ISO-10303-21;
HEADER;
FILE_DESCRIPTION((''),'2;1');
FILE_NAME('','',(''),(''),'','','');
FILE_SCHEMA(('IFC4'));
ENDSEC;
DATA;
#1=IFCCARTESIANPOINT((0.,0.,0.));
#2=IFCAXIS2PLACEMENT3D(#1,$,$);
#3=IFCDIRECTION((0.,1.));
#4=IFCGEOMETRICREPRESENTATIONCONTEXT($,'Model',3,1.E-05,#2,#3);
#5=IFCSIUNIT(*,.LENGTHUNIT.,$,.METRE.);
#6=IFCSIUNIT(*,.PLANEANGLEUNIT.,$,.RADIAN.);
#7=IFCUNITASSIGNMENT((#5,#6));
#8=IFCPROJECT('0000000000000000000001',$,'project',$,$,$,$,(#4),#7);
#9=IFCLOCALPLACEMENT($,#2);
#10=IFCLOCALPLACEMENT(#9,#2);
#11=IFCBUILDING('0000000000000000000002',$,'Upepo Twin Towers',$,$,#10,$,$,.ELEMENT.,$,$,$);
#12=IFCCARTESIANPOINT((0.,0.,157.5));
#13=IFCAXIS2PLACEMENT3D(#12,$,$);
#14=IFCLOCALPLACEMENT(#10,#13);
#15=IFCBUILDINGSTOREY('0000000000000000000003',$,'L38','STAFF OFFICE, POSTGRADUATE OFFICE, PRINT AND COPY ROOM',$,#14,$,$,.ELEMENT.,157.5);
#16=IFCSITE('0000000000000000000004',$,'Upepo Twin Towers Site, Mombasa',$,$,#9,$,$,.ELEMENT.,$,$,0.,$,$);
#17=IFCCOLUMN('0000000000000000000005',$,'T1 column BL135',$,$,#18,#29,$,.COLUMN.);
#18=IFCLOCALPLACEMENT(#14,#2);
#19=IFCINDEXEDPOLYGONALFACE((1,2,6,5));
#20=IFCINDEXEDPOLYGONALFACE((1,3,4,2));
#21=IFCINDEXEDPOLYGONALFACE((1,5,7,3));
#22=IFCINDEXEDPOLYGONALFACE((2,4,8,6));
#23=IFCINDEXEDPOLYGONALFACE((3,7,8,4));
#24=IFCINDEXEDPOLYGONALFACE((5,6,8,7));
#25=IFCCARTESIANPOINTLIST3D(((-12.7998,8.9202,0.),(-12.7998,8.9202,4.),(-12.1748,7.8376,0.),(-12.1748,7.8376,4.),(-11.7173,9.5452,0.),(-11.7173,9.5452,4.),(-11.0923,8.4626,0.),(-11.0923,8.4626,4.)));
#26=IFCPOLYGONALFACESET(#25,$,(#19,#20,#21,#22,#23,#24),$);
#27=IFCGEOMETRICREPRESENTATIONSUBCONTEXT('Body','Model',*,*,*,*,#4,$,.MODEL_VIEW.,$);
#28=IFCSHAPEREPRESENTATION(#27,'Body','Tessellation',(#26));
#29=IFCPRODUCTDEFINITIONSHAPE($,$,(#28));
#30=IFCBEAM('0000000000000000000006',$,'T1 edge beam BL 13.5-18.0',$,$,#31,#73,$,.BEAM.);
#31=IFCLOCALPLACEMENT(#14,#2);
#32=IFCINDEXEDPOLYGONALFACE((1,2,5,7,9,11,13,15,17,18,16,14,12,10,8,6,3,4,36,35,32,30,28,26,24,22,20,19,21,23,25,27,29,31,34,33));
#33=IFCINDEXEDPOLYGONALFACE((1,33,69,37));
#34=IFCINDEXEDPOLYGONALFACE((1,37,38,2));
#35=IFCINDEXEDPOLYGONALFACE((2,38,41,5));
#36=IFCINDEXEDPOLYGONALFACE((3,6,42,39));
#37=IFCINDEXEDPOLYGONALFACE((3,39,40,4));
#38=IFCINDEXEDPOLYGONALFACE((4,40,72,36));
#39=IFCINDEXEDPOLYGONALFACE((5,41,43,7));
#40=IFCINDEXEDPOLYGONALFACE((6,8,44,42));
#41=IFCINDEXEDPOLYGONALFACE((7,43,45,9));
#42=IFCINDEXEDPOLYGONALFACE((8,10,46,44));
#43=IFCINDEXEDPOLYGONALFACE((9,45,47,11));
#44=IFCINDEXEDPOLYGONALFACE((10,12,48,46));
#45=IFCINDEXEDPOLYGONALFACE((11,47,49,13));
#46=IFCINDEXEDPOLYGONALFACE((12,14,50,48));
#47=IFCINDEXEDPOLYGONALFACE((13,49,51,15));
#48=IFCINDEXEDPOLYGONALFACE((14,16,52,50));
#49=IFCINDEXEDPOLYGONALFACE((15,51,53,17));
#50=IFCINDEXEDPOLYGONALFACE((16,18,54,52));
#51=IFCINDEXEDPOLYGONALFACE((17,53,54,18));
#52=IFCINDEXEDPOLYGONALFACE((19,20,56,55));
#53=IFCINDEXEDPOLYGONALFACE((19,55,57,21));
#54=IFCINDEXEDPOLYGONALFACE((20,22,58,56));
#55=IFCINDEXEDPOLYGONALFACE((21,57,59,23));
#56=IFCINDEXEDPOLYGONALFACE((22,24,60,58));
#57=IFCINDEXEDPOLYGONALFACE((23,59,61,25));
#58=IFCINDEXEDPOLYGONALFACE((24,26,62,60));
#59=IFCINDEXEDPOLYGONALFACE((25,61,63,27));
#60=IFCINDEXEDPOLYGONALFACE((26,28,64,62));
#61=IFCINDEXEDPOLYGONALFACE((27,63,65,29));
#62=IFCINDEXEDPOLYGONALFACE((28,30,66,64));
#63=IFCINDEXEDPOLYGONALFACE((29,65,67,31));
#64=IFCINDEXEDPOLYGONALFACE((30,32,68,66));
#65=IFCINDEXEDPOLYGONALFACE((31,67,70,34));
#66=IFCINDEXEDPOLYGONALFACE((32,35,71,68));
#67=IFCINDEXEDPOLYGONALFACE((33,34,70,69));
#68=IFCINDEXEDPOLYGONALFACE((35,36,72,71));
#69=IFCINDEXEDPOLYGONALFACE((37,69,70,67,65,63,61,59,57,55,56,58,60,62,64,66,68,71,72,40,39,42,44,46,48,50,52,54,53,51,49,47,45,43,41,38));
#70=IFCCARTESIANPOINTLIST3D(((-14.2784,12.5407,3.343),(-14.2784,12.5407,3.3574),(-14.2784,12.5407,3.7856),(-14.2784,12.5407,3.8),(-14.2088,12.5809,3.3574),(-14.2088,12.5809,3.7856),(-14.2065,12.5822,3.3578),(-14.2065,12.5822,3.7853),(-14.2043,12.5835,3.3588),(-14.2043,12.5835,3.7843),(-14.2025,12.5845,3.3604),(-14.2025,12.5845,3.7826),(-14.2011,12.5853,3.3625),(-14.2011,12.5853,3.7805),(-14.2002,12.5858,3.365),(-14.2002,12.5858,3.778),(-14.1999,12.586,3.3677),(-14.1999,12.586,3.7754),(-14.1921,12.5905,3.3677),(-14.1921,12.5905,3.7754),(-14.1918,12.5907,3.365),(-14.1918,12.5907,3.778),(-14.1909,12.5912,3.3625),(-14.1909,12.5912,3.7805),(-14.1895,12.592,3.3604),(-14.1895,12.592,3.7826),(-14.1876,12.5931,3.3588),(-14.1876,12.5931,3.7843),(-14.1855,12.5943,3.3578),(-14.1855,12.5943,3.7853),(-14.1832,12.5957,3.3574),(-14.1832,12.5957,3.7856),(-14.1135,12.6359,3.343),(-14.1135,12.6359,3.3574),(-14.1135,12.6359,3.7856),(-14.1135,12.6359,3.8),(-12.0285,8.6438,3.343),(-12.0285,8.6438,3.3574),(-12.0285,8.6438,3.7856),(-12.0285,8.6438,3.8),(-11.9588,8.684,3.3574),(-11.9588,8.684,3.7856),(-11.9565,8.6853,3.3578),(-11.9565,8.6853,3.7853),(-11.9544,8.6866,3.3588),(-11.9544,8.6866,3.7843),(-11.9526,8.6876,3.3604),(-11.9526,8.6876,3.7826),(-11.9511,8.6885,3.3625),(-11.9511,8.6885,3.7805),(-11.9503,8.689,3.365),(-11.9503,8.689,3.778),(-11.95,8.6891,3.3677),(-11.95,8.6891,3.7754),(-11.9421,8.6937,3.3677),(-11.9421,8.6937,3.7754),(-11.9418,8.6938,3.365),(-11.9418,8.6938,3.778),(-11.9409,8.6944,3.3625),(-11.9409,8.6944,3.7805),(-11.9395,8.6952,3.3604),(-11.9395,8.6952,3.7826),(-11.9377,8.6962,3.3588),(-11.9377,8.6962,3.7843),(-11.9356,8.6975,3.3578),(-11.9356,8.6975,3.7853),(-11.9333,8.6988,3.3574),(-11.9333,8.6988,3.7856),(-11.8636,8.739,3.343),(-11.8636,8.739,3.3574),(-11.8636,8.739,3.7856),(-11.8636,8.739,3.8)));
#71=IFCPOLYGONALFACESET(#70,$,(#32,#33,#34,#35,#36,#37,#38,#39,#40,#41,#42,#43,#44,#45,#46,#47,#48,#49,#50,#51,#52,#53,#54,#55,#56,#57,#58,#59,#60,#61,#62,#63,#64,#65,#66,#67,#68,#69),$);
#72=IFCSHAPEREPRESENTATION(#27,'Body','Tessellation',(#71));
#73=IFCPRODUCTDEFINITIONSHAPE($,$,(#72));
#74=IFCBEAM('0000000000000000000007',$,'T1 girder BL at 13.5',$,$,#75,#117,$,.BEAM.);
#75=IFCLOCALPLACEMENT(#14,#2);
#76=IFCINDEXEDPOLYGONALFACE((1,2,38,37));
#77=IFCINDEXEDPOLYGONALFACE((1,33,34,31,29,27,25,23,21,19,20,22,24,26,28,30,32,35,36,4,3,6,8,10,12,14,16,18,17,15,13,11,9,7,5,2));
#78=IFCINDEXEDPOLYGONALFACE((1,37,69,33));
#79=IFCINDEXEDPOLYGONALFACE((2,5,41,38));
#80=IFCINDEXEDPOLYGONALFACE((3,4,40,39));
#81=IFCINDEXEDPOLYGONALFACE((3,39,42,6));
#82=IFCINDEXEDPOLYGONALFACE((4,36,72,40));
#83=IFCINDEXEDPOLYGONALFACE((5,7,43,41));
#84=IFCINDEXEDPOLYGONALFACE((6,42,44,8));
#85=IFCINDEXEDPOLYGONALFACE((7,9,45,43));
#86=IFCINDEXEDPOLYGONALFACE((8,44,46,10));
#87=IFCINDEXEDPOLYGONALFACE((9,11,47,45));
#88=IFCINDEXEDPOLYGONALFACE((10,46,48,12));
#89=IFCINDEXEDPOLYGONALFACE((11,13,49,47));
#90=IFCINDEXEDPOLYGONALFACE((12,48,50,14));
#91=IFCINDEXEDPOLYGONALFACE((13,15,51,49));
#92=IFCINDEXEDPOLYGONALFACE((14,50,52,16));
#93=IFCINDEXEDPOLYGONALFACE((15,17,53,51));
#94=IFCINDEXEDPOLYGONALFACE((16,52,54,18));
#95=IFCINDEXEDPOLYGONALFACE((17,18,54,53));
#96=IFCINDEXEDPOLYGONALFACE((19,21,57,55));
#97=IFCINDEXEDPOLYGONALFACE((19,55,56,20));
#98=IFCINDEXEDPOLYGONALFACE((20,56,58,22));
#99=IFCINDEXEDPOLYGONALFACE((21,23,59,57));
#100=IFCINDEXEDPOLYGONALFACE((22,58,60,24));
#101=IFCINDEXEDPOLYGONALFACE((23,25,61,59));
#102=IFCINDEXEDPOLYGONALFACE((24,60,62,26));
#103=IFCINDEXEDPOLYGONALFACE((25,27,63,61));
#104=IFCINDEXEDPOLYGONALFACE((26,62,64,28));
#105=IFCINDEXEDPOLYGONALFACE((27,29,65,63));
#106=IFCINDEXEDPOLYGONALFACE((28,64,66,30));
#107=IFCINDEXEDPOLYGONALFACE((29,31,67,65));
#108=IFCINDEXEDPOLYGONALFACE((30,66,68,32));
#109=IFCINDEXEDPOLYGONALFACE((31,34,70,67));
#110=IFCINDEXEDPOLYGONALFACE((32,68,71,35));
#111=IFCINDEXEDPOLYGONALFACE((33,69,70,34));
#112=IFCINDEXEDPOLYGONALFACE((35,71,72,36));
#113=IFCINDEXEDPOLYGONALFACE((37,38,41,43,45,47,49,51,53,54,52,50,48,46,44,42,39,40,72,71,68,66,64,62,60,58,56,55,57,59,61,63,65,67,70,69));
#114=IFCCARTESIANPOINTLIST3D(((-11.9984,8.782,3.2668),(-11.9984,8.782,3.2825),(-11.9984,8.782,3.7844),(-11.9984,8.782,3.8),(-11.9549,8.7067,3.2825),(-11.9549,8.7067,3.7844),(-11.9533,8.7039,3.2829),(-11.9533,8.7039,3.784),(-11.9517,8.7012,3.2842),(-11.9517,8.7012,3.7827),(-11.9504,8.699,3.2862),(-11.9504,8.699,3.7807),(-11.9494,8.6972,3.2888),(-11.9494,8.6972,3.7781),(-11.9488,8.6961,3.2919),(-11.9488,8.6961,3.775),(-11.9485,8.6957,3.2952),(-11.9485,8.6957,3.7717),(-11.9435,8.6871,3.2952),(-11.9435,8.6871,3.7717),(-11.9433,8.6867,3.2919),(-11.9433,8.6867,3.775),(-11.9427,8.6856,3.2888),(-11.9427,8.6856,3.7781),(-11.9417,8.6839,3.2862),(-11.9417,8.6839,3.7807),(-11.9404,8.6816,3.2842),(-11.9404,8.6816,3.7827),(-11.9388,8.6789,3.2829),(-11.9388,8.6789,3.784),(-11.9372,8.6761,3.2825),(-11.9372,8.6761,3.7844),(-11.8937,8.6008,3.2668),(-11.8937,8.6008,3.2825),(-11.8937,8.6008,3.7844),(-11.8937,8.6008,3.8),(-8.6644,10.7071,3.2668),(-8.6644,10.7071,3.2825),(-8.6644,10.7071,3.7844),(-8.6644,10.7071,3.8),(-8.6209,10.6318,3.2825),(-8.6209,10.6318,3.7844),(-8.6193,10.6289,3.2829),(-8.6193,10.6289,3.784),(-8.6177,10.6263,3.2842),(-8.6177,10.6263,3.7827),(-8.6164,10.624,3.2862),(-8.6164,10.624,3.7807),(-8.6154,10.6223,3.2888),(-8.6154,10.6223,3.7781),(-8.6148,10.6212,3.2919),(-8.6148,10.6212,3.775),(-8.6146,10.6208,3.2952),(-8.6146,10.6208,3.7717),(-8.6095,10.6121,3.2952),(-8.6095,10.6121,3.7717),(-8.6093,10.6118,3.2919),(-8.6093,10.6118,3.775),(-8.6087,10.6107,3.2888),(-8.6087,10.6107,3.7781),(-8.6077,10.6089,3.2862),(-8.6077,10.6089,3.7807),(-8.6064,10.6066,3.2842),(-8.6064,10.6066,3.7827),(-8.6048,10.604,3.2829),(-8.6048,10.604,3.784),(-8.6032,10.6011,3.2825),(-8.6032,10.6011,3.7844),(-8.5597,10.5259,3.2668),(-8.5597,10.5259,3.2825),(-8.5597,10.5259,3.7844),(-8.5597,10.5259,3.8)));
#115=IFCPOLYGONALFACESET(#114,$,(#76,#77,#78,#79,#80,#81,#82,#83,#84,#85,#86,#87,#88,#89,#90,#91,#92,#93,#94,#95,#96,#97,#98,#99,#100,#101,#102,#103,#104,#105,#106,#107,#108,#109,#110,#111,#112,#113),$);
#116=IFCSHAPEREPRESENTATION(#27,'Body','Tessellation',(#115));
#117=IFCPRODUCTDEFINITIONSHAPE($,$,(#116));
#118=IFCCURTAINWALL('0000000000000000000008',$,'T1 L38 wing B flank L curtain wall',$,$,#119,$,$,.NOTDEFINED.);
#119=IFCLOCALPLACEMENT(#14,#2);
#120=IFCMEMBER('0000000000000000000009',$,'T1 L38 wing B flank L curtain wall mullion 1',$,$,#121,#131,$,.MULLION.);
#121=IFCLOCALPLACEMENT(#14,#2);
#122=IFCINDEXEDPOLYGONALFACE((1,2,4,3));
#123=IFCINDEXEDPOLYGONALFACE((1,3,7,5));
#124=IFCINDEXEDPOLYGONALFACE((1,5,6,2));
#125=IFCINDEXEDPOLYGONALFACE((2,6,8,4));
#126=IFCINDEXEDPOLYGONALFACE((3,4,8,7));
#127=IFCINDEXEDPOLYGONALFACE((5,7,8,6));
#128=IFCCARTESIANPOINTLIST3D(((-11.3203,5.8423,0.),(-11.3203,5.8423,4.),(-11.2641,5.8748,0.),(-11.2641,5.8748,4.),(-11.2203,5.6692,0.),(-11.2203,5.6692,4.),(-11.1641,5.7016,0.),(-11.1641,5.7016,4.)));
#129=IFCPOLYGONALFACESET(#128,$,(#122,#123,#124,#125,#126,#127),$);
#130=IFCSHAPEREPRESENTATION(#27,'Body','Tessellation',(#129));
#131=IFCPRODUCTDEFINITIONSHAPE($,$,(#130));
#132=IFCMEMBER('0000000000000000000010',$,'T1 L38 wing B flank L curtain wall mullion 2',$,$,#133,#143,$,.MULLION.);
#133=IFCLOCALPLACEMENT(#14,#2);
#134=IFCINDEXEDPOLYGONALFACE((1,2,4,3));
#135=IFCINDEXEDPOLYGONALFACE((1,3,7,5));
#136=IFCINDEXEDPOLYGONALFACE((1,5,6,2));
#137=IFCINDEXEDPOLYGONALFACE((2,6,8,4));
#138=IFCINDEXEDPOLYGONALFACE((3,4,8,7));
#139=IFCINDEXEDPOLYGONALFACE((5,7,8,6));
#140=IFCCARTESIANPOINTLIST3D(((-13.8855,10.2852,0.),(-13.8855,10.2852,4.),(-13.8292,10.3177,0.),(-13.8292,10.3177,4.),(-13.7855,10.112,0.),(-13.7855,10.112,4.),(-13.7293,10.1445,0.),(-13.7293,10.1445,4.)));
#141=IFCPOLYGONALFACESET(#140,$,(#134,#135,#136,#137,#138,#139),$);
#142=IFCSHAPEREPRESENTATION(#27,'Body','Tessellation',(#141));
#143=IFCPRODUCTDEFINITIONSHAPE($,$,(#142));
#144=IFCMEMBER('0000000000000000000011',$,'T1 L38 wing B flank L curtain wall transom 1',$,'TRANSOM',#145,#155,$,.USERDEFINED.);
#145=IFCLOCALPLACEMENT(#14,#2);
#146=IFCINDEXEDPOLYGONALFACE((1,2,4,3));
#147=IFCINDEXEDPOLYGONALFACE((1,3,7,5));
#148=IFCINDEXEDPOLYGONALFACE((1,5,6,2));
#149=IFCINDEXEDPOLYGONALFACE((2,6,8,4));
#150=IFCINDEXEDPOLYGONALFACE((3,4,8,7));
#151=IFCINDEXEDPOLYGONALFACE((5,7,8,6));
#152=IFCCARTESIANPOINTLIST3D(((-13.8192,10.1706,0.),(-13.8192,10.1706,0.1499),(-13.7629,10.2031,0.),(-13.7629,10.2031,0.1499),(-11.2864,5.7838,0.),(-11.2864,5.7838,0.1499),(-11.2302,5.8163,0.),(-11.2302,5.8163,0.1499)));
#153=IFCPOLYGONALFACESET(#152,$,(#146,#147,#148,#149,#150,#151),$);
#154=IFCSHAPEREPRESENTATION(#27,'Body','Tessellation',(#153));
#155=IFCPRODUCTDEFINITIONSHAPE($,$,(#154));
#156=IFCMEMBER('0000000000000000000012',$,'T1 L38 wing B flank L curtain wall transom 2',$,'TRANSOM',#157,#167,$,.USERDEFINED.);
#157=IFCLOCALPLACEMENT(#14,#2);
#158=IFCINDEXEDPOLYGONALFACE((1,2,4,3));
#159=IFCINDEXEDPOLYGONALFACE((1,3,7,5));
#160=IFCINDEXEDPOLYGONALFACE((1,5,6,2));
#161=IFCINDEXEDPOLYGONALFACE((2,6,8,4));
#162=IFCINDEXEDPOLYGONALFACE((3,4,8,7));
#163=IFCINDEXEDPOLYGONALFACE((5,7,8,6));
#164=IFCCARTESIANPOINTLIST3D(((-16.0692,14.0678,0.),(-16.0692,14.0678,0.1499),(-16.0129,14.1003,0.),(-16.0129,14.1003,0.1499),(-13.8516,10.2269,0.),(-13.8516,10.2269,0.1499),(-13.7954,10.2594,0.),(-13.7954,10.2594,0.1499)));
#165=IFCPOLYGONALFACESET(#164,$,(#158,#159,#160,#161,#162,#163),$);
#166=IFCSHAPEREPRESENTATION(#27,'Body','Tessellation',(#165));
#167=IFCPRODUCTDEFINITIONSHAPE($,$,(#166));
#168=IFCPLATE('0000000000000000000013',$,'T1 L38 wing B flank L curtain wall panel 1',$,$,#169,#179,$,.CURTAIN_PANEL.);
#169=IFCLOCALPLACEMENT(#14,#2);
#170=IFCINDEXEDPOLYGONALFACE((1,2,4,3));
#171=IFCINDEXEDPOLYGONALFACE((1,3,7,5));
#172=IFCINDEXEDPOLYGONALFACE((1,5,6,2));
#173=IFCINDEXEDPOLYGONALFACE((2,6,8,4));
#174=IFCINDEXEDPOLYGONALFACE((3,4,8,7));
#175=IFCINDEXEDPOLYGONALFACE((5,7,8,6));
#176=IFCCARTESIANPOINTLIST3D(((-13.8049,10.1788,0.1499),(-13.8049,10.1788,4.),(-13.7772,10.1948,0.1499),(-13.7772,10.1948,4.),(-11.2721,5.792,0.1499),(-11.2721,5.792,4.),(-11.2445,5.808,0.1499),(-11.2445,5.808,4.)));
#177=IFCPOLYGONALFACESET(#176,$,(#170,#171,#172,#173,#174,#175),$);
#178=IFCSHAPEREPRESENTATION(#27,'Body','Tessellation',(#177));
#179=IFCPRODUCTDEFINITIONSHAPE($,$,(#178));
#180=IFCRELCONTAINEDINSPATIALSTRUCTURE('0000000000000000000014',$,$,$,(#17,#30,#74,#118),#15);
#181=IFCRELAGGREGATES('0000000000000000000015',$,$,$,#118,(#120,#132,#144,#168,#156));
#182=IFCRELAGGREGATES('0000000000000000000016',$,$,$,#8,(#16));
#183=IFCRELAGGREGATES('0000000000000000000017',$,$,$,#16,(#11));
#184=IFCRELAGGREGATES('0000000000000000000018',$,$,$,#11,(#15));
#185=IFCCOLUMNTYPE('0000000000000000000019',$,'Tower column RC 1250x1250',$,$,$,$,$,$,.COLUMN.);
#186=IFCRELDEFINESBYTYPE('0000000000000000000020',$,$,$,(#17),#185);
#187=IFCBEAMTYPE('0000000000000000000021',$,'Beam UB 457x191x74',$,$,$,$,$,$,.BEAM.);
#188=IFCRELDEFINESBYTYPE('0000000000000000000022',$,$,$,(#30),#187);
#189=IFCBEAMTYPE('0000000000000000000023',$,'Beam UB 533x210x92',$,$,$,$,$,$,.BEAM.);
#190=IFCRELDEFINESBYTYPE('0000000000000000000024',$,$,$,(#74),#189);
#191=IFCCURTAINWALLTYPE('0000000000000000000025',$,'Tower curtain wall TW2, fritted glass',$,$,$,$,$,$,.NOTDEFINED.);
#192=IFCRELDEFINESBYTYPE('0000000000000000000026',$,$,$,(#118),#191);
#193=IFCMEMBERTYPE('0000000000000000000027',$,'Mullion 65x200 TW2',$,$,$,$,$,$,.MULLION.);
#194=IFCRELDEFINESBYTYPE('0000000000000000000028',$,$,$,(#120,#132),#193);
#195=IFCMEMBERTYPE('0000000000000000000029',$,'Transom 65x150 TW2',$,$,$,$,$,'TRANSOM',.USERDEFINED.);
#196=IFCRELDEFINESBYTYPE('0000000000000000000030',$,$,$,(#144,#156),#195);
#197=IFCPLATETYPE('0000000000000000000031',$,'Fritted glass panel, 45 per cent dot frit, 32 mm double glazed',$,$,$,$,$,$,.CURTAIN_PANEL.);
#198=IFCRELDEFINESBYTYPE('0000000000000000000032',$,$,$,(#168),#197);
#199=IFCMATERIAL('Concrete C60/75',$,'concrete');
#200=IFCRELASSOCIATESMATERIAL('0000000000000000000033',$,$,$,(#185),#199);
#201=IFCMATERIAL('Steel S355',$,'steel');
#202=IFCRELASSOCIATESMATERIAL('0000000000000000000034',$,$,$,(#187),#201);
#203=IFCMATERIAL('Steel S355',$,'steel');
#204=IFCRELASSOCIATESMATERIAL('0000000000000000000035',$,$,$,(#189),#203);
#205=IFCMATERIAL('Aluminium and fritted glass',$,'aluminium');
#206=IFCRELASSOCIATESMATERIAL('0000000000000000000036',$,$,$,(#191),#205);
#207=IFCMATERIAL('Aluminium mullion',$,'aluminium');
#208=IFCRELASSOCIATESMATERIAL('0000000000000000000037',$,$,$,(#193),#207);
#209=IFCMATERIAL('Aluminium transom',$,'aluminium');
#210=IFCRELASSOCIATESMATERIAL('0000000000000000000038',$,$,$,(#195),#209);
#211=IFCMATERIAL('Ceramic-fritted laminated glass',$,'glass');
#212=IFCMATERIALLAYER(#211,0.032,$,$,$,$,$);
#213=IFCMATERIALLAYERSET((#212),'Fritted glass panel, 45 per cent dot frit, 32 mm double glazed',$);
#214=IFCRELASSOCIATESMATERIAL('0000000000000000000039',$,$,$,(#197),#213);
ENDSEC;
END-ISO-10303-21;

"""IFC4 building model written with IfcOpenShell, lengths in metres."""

from ifc_helpers import new_model, si_unit, direction, frame, origin, origin_2d, place, context, subcontext, project, spatial, rectangle, i_section, extrude, material, layer, layer_set, material_profile, profile_set, type_object, element, aggregate, save


model = new_model("IFC4")

# Units and contexts
model_context = context("Model", 3, precision=1e-05, world=origin(), true_north=direction((0.0, 1.0)))
body_context = subcontext(model_context, "Body", "Model", "MODEL_VIEW")
ifc_project = project(units=[si_unit("LENGTHUNIT", "METRE"), si_unit("PLANEANGLEUNIT", "RADIAN")], contexts=[model_context])

# Site, building, storey
site_placement = place(None, origin())
site = spatial("IfcSite", under=ifc_project, at=site_placement, Name="Upepo Twin Towers Site, Mombasa", CompositionType="ELEMENT", RefElevation=0.0)
building_placement = place(site_placement, origin())
building = spatial("IfcBuilding", under=site, at=building_placement, Name="Upepo Twin Towers", CompositionType="ELEMENT")
storey_placement = place(building_placement, frame((0.0, 0.0, 157.5)))
storey = spatial("IfcBuildingStorey", under=building, at=storey_placement, Name="L38", Description="STAFF OFFICE, POSTGRADUATE OFFICE, PRINT AND COPY ROOM", CompositionType="ELEMENT", Elevation=157.5)

# Column
ifc_material_1 = material(Name="Concrete C60/75", Category="concrete")
ifc_material_profile_1 = material_profile(ifc_material_1, rectangle(XDim=1.25, YDim=1.25, at=origin_2d()), Name="RC 1250x1250")
ifc_profile_set_1 = profile_set([ifc_material_profile_1], Name="Concrete C60/75")
column_type = type_object("IfcColumnType", Name="Tower column RC 1250x1250", PredefinedType="COLUMN", material=ifc_profile_set_1)
column_placement = place(storey_placement, frame((-11.946, 8.6914, 0.0), z_axis=(0.0, 0.0, 1.0), x_axis=(0.866025, 0.5, 0.0)))
element("IfcColumn", 1, at=column_placement, inside=storey, type_object=column_type, Name="T1 column BL135", PredefinedType="COLUMN", context=body_context, shape_type="SweptSolid", body=[
    extrude(rectangle(XDim=1.25, YDim=1.25, at=origin_2d()), origin(), (0.0, 0.0, 1.0), 4.0),
])

# Beams
ifc_material_2 = material(Name="Steel S355", Category="steel")
ifc_material_profile_2 = material_profile(ifc_material_2, i_section(OverallWidth=0.1904, OverallDepth=0.457, WebThickness=0.009, FlangeThickness=0.0144, FilletRadius=0.0103, at=origin_2d()), Name="UB 457x191x74")
ifc_profile_set_2 = profile_set([ifc_material_profile_2], Name="Steel S355")
beam_type_1 = type_object("IfcBeamType", Name="Beam UB 457x191x74", PredefinedType="BEAM", material=ifc_profile_set_2)
beam_1_placement = place(storey_placement, frame((-11.946, 8.6914, 3.5715), z_axis=(-0.500014, 0.866018, 0.0), x_axis=(-0.866018, -0.500014, 0.0)))
element("IfcBeam", 2, at=beam_1_placement, inside=storey, type_object=beam_type_1, Name="T1 edge beam BL 13.5-18.0", PredefinedType="BEAM", context=body_context, shape_type="SweptSolid", body=[
    extrude(i_section(OverallWidth=0.1904, OverallDepth=0.457, WebThickness=0.009, FlangeThickness=0.0144, FilletRadius=0.0103, at=origin_2d()), origin(), (0.0, 0.0, 1.0), 4.4998),
])
ifc_material_3 = material(Name="Steel S355", Category="steel")
ifc_material_profile_3 = material_profile(ifc_material_3, i_section(OverallWidth=0.2092, OverallDepth=0.5332, WebThickness=0.01, FlangeThickness=0.0156, FilletRadius=0.0127, at=origin_2d()), Name="UB 533x210x92")
ifc_profile_set_3 = profile_set([ifc_material_profile_3], Name="Steel S355")
beam_type_2 = type_object("IfcBeamType", Name="Beam UB 533x210x92", PredefinedType="BEAM", material=ifc_profile_set_3)
beam_2_placement = place(storey_placement, frame((-11.946, 8.6914, 3.5334), z_axis=(0.866006, 0.500034, 0.0), x_axis=(-0.500034, 0.866006, 0.0)))
element("IfcBeam", 3, at=beam_2_placement, inside=storey, type_object=beam_type_2, Name="T1 girder BL at 13.5", PredefinedType="BEAM", context=body_context, shape_type="SweptSolid", body=[
    extrude(i_section(OverallWidth=0.2092, OverallDepth=0.5332, WebThickness=0.01, FlangeThickness=0.0156, FilletRadius=0.0127, at=origin_2d()), origin(), (0.0, 0.0, 1.0), 3.8499),
])

# Curtain wall, members, plate
ifc_material_4 = material(Name="Aluminium and fritted glass", Category="aluminium")
curtain_wall_type = type_object("IfcCurtainWallType", Name="Tower curtain wall TW2, fritted glass", PredefinedType="NOTDEFINED", material=ifc_material_4)
curtain_wall_placement = place(storey_placement, origin())
curtain_wall = element("IfcCurtainWall", 4, at=curtain_wall_placement, inside=storey, type_object=curtain_wall_type, Name="T1 L38 wing B flank L curtain wall", PredefinedType="NOTDEFINED")
ifc_material_5 = material(Name="Aluminium mullion", Category="aluminium")
ifc_material_profile_4 = material_profile(ifc_material_5, rectangle(XDim=0.0649, YDim=0.2, at=origin_2d()), Name="MULLION 65x200")
ifc_profile_set_4 = profile_set([ifc_material_profile_4], Name="Aluminium mullion")
member_type_1 = type_object("IfcMemberType", Name="Mullion 65x200 TW2", PredefinedType="MULLION", material=ifc_profile_set_4)
member_1_placement = place(storey_placement, frame((-11.2422, 5.772, 0.0), z_axis=(0.0, 0.0, 1.0), x_axis=(-0.866025, -0.5, 0.0)))
member_1 = element("IfcMember", 5, at=member_1_placement, type_object=member_type_1, Name="T1 L38 wing B flank L curtain wall mullion 1", PredefinedType="MULLION", context=body_context, shape_type="SweptSolid", body=[
    extrude(rectangle(XDim=0.0649, YDim=0.2, at=origin_2d()), origin(), (0.0, 0.0, 1.0), 4.0),
])
member_2_placement = place(storey_placement, frame((-13.8074, 10.2148, 0.0), z_axis=(0.0, 0.0, 1.0), x_axis=(-0.866025, -0.5, 0.0)))
member_2 = element("IfcMember", 6, at=member_2_placement, type_object=member_type_1, Name="T1 L38 wing B flank L curtain wall mullion 2", PredefinedType="MULLION", context=body_context, shape_type="SweptSolid", body=[
    extrude(rectangle(XDim=0.0649, YDim=0.2, at=origin_2d()), origin(), (0.0, 0.0, 1.0), 4.0),
])
ifc_material_6 = material(Name="Aluminium transom", Category="aluminium")
ifc_material_profile_5 = material_profile(ifc_material_6, rectangle(XDim=0.0649, YDim=0.1499, at=origin_2d()), Name="TRANSOM 65x150")
ifc_profile_set_5 = profile_set([ifc_material_profile_5], Name="Aluminium transom")
member_type_2 = type_object("IfcMemberType", Name="Transom 65x150 TW2", ElementType="TRANSOM", PredefinedType="USERDEFINED", material=ifc_profile_set_5)
member_3_placement = place(storey_placement, frame((-11.2583, 5.8, 0.075), z_axis=(-0.500006, 0.866022, 0.0), x_axis=(-0.866022, -0.500006, 0.0)))
member_3 = element("IfcMember", 7, at=member_3_placement, type_object=member_type_2, Name="T1 L38 wing B flank L curtain wall transom 1", ObjectType="TRANSOM", PredefinedType="USERDEFINED", context=body_context, shape_type="SweptSolid", body=[
    extrude(rectangle(XDim=0.0649, YDim=0.1499, at=origin_2d()), origin(), (0.0, 0.0, 1.0), 5.0654),
])
member_4_placement = place(storey_placement, frame((-13.8235, 10.2432, 0.075), z_axis=(-0.500005, 0.866022, 0.0), x_axis=(-0.866022, -0.500005, 0.0)))
member_4 = element("IfcMember", 8, at=member_4_placement, type_object=member_type_2, Name="T1 L38 wing B flank L curtain wall transom 2", ObjectType="TRANSOM", PredefinedType="USERDEFINED", context=body_context, shape_type="SweptSolid", body=[
    extrude(rectangle(XDim=0.0649, YDim=0.1499, at=origin_2d()), origin(), (0.0, 0.0, 1.0), 4.4351),
])
ifc_material_7 = material(Name="Ceramic-fritted laminated glass", Category="glass")
ifc_layer_1 = layer(ifc_material_7, 0.032)
ifc_layer_set_1 = layer_set([ifc_layer_1], Name="Fritted glass panel, 45 per cent dot frit, 32 mm double glazed")
plate_type = type_object("IfcPlateType", Name="Fritted glass panel, 45 per cent dot frit, 32 mm double glazed", PredefinedType="CURTAIN_PANEL", material=ifc_layer_set_1)
plate_1_placement = place(storey_placement, frame((-12.5247, 7.9934, 0.1499), z_axis=(0.0, 0.0, 1.0), x_axis=(-0.5, 0.866025, 0.0)))
plate_1 = element("IfcPlate", 9, at=plate_1_placement, type_object=plate_type, Name="T1 L38 wing B flank L curtain wall panel 1", PredefinedType="CURTAIN_PANEL", context=body_context, shape_type="SweptSolid", body=[
    extrude(rectangle(XDim=5.0654, YDim=0.032, at=origin_2d()), origin(), (0.0, 0.0, 1.0), 3.8501),
])
aggregate(curtain_wall, [member_1, member_2, member_3, plate_1, member_4])

save(model, "model.ifc")
